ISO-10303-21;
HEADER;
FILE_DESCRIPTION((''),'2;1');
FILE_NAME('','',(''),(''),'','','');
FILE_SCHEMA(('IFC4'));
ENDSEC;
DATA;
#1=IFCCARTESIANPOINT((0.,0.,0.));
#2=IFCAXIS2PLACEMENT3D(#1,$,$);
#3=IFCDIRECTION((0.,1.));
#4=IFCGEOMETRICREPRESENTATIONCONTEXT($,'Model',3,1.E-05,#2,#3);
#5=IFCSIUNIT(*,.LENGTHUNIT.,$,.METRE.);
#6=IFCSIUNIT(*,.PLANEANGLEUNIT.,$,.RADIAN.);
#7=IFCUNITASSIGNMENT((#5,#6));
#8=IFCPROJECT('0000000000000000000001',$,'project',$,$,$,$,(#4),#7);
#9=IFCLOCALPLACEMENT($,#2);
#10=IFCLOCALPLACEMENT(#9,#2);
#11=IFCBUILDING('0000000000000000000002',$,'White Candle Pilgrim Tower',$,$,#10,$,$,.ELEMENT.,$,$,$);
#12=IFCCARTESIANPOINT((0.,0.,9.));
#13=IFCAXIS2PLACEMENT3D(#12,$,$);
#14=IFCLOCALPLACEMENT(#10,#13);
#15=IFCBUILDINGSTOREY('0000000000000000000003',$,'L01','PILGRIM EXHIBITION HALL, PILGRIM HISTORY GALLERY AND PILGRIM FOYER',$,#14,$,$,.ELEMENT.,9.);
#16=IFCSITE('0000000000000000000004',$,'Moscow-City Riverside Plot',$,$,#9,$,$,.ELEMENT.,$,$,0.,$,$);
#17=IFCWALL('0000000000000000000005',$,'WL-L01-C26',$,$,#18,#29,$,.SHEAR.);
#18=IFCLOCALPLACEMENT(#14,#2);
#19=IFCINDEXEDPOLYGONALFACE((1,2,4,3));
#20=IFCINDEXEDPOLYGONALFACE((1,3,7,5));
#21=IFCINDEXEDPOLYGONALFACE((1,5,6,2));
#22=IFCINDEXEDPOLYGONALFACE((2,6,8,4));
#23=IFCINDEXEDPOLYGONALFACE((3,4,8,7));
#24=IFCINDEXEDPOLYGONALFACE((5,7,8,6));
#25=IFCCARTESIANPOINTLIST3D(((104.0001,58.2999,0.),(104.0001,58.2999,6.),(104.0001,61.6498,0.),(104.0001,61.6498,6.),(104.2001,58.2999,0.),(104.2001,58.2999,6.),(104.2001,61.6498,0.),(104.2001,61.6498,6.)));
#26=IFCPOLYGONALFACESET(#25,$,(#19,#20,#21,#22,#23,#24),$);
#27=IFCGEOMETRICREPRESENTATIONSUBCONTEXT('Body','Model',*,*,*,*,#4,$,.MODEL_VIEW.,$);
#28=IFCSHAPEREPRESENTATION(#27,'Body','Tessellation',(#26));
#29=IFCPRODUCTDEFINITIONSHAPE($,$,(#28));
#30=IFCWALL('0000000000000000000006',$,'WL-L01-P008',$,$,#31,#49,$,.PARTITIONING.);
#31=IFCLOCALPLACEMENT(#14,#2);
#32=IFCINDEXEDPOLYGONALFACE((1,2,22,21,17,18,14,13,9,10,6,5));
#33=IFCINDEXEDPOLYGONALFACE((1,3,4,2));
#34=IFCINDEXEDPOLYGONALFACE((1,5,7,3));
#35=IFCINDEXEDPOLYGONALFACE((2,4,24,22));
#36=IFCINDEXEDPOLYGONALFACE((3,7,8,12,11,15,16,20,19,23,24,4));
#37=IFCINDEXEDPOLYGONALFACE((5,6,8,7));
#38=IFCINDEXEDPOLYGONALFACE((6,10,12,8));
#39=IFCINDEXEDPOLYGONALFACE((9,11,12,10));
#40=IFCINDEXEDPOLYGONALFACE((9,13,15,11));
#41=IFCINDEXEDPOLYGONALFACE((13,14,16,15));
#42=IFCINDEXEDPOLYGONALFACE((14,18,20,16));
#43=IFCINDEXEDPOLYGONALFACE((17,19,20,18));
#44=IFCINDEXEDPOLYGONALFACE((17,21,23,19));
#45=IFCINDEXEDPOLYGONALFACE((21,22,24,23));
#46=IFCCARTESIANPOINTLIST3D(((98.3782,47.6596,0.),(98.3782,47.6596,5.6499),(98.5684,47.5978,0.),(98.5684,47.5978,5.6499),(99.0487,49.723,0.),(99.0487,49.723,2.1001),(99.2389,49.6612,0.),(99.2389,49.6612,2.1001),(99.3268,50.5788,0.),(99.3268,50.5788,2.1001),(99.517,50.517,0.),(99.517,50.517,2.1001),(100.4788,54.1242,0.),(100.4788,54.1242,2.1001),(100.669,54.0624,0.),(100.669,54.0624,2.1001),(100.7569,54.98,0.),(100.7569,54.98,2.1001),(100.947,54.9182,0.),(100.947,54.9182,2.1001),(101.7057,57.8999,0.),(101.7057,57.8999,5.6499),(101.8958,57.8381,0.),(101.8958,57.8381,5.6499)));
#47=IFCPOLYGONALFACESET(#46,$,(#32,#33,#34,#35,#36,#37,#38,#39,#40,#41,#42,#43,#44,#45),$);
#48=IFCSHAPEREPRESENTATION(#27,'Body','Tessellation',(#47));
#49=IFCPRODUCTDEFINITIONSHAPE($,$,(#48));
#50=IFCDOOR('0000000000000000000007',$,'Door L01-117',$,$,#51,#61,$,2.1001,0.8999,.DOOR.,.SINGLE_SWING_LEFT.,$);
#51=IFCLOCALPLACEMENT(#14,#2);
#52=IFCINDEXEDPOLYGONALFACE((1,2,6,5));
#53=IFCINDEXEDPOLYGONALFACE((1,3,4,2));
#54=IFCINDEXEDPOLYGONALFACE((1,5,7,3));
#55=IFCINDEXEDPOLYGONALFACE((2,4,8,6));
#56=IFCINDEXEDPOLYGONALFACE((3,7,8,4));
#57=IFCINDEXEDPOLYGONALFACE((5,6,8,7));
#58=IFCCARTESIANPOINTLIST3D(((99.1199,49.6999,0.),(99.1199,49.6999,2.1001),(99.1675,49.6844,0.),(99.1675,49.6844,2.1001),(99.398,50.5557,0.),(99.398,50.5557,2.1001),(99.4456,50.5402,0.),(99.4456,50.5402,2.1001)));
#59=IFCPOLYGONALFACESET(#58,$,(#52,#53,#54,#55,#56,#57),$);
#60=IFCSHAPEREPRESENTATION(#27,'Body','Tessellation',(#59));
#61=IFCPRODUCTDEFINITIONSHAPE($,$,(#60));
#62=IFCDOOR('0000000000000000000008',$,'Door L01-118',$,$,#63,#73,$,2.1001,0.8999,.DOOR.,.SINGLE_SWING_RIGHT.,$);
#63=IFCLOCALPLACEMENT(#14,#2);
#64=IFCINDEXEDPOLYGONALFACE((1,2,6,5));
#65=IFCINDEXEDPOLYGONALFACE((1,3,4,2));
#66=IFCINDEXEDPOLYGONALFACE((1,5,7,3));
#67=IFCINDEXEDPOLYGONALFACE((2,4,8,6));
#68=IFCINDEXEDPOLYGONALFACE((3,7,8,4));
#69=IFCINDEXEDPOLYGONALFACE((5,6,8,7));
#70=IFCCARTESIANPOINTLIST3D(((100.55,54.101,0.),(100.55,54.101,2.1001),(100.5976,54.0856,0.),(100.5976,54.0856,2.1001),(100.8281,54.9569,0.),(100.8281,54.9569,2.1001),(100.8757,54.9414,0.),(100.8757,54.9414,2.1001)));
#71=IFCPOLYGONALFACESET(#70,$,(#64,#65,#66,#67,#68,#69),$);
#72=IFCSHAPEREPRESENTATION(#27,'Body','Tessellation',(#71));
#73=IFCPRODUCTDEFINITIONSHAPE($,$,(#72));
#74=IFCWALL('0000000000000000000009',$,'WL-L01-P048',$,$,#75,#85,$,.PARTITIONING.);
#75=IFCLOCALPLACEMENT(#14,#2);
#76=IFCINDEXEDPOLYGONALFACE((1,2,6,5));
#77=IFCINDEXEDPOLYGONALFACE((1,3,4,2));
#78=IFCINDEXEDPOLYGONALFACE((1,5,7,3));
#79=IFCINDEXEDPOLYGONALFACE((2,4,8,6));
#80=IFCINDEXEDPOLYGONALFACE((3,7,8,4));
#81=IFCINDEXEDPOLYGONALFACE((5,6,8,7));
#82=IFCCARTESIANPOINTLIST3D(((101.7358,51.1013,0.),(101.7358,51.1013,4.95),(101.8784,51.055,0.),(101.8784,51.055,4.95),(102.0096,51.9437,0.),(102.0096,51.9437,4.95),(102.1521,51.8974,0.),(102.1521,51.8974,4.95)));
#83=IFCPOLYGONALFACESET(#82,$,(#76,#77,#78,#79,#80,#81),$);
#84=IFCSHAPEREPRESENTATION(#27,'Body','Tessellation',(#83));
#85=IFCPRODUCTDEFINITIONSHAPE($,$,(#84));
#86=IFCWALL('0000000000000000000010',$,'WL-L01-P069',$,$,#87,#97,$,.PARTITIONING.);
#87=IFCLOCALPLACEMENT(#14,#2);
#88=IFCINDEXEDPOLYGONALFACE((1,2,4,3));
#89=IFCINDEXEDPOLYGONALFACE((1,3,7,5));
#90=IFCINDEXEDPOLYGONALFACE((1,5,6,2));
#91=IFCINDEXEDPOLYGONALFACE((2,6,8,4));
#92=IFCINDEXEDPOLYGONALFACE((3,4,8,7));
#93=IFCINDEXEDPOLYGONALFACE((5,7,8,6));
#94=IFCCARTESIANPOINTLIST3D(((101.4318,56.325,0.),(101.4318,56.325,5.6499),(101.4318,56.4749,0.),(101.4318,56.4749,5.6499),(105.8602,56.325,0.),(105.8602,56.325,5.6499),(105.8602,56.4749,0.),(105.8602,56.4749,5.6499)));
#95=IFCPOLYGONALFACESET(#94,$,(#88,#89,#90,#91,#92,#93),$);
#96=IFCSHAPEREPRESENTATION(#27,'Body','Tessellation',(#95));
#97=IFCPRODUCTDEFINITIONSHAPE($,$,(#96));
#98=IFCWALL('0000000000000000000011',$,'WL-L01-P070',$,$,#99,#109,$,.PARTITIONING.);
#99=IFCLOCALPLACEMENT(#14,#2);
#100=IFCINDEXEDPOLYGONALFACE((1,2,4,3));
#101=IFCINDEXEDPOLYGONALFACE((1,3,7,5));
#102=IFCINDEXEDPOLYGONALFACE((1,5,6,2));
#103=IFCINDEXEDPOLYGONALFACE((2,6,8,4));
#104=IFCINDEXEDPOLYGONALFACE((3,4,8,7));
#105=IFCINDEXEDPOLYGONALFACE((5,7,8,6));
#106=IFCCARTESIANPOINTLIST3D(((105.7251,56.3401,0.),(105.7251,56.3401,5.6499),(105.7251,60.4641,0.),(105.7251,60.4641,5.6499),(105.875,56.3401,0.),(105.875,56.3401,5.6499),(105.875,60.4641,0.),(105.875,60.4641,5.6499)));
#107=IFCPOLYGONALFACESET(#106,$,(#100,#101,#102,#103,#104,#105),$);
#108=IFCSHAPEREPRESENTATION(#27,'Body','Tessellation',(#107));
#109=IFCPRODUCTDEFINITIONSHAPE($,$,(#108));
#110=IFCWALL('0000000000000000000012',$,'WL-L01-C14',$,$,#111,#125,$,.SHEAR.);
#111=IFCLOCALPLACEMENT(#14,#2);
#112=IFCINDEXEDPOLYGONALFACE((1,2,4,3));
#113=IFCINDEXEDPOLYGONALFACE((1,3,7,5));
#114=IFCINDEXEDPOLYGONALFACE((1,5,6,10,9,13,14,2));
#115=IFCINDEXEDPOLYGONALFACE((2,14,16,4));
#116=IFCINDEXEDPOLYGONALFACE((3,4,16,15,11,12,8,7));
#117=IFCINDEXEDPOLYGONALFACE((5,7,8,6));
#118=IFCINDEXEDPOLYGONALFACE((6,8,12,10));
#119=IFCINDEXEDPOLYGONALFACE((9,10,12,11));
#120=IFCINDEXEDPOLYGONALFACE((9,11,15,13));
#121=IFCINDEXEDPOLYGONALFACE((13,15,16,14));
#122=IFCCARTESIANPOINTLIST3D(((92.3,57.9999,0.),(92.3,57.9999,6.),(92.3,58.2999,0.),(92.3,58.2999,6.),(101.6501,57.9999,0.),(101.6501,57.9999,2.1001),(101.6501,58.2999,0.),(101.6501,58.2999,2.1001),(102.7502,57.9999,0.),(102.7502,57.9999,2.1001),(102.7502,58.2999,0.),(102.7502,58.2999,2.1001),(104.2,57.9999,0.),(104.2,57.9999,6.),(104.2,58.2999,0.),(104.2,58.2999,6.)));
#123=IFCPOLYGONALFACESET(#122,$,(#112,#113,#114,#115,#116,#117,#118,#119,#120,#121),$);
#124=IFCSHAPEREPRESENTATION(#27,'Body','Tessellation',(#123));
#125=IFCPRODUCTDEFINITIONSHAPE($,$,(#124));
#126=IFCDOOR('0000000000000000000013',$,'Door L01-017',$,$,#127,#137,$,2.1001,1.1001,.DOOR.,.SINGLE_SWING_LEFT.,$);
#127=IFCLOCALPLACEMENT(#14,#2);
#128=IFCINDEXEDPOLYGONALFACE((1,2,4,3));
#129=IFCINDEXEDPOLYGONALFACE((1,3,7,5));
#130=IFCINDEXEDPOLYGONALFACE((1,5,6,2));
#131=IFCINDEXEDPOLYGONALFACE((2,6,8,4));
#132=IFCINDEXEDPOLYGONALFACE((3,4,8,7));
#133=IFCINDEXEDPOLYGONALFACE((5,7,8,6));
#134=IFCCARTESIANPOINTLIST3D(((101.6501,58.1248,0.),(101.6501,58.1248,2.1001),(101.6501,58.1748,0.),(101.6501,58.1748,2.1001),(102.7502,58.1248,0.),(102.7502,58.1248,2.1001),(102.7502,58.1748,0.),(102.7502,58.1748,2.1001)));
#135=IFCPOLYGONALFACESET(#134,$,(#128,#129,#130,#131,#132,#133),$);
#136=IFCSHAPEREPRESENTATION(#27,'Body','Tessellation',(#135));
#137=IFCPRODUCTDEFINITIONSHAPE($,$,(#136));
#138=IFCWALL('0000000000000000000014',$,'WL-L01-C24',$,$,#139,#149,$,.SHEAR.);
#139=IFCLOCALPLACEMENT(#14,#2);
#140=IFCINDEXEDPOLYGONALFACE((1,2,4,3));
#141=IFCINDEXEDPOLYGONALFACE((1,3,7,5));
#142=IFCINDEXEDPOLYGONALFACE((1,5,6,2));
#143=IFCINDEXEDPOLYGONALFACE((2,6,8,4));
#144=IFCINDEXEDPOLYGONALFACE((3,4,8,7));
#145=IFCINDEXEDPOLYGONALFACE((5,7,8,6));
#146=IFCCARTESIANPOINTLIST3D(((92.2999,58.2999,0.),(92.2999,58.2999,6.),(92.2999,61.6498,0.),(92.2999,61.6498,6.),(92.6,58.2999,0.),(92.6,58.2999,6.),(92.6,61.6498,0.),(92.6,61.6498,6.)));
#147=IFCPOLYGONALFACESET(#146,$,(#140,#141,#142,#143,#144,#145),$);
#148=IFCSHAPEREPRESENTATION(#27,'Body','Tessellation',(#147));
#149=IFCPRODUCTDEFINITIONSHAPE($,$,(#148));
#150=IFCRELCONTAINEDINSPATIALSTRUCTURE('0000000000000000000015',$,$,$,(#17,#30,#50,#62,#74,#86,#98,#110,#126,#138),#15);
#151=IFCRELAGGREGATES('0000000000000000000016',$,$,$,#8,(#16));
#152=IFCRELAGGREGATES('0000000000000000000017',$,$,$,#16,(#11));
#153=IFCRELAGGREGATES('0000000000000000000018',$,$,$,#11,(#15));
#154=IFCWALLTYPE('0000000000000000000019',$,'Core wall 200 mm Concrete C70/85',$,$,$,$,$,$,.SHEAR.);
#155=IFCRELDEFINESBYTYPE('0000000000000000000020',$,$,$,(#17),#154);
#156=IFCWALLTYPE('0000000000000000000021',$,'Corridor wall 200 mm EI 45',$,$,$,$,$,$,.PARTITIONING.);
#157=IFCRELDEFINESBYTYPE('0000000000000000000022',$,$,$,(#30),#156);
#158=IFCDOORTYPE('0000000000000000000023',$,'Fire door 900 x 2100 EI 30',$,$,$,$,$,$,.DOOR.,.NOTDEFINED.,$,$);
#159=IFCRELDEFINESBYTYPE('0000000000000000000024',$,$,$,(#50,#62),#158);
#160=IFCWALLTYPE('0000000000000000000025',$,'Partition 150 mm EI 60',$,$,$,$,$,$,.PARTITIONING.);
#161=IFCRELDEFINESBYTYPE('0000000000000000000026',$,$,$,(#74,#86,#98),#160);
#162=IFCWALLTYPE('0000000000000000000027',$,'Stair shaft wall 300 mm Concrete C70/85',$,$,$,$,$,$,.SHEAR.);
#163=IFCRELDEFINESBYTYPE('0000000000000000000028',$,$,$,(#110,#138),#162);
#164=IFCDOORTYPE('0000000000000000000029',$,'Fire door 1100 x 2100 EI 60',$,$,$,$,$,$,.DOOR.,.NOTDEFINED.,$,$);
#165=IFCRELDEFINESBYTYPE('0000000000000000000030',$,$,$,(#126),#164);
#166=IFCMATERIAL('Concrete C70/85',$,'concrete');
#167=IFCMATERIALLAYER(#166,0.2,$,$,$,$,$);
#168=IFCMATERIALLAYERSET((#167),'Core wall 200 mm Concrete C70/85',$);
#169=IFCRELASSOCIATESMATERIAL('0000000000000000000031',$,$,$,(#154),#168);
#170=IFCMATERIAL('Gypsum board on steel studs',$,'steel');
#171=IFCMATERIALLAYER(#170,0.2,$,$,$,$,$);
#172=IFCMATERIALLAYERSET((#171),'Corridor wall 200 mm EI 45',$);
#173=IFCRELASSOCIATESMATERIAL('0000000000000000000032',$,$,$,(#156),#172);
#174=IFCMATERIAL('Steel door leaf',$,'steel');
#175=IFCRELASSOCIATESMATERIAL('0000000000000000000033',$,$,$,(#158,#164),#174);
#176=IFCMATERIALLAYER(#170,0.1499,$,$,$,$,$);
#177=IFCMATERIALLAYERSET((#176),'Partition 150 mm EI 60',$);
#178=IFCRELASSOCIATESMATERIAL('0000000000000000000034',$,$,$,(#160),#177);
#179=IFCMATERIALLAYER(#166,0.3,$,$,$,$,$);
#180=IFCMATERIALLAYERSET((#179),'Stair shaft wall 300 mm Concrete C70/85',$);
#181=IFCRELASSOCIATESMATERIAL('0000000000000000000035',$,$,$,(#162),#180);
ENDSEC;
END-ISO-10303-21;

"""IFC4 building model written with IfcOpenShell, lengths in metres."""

from ifc_helpers import new_model, si_unit, direction, frame, frame_2d, origin, place, context, subcontext, project, spatial, rectangle, extrude, material, layer, layer_set, type_object, element, fill, save


model = new_model("IFC4")

# Units and contexts
model_context = context("Model", 3, precision=1e-05, world=origin(), true_north=direction((0.0, 1.0)))
body_context = subcontext(model_context, "Body", "Model", "MODEL_VIEW")
ifc_project = project(units=[si_unit("LENGTHUNIT", "METRE"), si_unit("PLANEANGLEUNIT", "RADIAN")], contexts=[model_context])

# Site, building, storey
site_placement = place(None, origin())
site = spatial("IfcSite", under=ifc_project, at=site_placement, Name="Moscow-City Riverside Plot", CompositionType="ELEMENT", RefElevation=0.0)
building_placement = place(site_placement, origin())
building = spatial("IfcBuilding", under=site, at=building_placement, Name="White Candle Pilgrim Tower", CompositionType="ELEMENT")
storey_placement = place(building_placement, frame((0.0, 0.0, 9.0)))
storey = spatial("IfcBuildingStorey", under=building, at=storey_placement, Name="L01", Description="PILGRIM EXHIBITION HALL, PILGRIM HISTORY GALLERY AND PILGRIM FOYER", CompositionType="ELEMENT", Elevation=9.0)

# Wall
ifc_material_1 = material(Name="Concrete C70/85", Category="concrete")
ifc_layer_1 = layer(ifc_material_1, 0.2)
ifc_layer_set_1 = layer_set([ifc_layer_1], Name="Core wall 200 mm Concrete C70/85")
wall_type_1 = type_object("IfcWallType", Name="Core wall 200 mm Concrete C70/85", PredefinedType="SHEAR", material=ifc_layer_set_1)
wall_1_placement = place(storey_placement, frame((104.1001, 58.3, 0.0), z_axis=(0.0, 0.0, 1.0), x_axis=(0.0, 1.0, 0.0)))
element("IfcWall", 1, at=wall_1_placement, inside=storey, type_object=wall_type_1, Name="WL-L01-C26", PredefinedType="SHEAR", context=body_context, shape_type="SweptSolid", body=[
    extrude(rectangle(XDim=3.3499, YDim=0.2, at=frame_2d((1.6748, 0.0))), origin(), (0.0, 0.0, 1.0), 6.0),
])

# Wall, openings, doors
ifc_material_2 = material(Name="Gypsum board on steel studs", Category="steel")
ifc_layer_2 = layer(ifc_material_2, 0.2)
ifc_layer_set_2 = layer_set([ifc_layer_2], Name="Corridor wall 200 mm EI 45")
wall_type_2 = type_object("IfcWallType", Name="Corridor wall 200 mm EI 45", PredefinedType="PARTITIONING", material=ifc_layer_set_2)
wall_2_placement = place(storey_placement, frame((101.8008, 57.8691, 0.0), z_axis=(0.0, 0.0, 1.0), x_axis=(-0.309029, -0.951053, 0.0)))
wall_2 = element("IfcWall", 2, at=wall_2_placement, inside=storey, type_object=wall_type_2, Name="WL-L01-P008", PredefinedType="PARTITIONING", context=body_context, shape_type="SweptSolid", body=[
    extrude(rectangle(XDim=10.7673, YDim=0.2, at=frame_2d((5.3838, 0.0))), origin(), (0.0, 0.0, 1.0), 5.6499),
])
opening_1_placement = place(wall_2_placement, frame((7.698, 0.0, 0.0)))
opening_1 = element("IfcOpeningElement", 3, at=opening_1_placement, cuts=wall_2, PredefinedType="OPENING", context=body_context, shape_type="SweptSolid", body=[
    extrude(rectangle(XDim=0.8999, YDim=2.1001, at=frame_2d((0.45, 1.05))), frame((0.0, 0.1099, 0.0), z_axis=(0.0, -1.0, 0.0), x_axis=(1.0, 0.0, 0.0)), (0.0, 0.0, 1.0), 0.22),
])
opening_2_placement = place(wall_2_placement, frame((3.0703, 0.0, 0.0)))
opening_2 = element("IfcOpeningElement", 4, at=opening_2_placement, cuts=wall_2, PredefinedType="OPENING", context=body_context, shape_type="SweptSolid", body=[
    extrude(rectangle(XDim=0.8999, YDim=2.1001, at=frame_2d((0.45, 1.05))), frame((0.0, 0.1099, 0.0), z_axis=(0.0, -1.0, 0.0), x_axis=(1.0, 0.0, 0.0)), (0.0, 0.0, 1.0), 0.22),
])
ifc_material_3 = material(Name="Steel door leaf", Category="steel")
door_type_1 = type_object("IfcDoorType", Name="Fire door 900 x 2100 EI 30", OperationType="NOTDEFINED", PredefinedType="DOOR", material=ifc_material_3)
door_1_placement = place(opening_1_placement, origin())
door_1 = element("IfcDoor", 5, at=door_1_placement, inside=storey, type_object=door_type_1, Name="Door L01-117", OperationType="SINGLE_SWING_LEFT", OverallHeight=2.1001, OverallWidth=0.8999, PredefinedType="DOOR", context=body_context, shape_type="SweptSolid", body=[
    extrude(rectangle(XDim=0.8999, YDim=2.1001, at=frame_2d((0.45, 1.05))), frame((0.0, 0.0249, 0.0), z_axis=(0.0, -1.0, 0.0), x_axis=(1.0, 0.0, 0.0)), (0.0, 0.0, 1.0), 0.05),
])
fill(opening_1, door_1)
door_2_placement = place(opening_2_placement, origin())
door_2 = element("IfcDoor", 6, at=door_2_placement, inside=storey, type_object=door_type_1, Name="Door L01-118", OperationType="SINGLE_SWING_RIGHT", OverallHeight=2.1001, OverallWidth=0.8999, PredefinedType="DOOR", context=body_context, shape_type="SweptSolid", body=[
    extrude(rectangle(XDim=0.8999, YDim=2.1001, at=frame_2d((0.45, 1.05))), frame((0.0, 0.0249, 0.0), z_axis=(0.0, -1.0, 0.0), x_axis=(1.0, 0.0, 0.0)), (0.0, 0.0, 1.0), 0.05),
])
fill(opening_2, door_2)

# Walls
ifc_layer_3 = layer(ifc_material_2, 0.1499)
ifc_layer_set_3 = layer_set([ifc_layer_3], Name="Partition 150 mm EI 60")
wall_type_3 = type_object("IfcWallType", Name="Partition 150 mm EI 60", PredefinedType="PARTITIONING", material=ifc_layer_set_3)
wall_3_placement = place(storey_placement, frame((101.8071, 51.0781, 0.0), z_axis=(0.0, 0.0, 1.0), x_axis=(0.309024, 0.951054, 0.0)))
element("IfcWall", 7, at=wall_3_placement, inside=storey, type_object=wall_type_3, Name="WL-L01-P048", PredefinedType="PARTITIONING", context=body_context, shape_type="SweptSolid", body=[
    extrude(rectangle(XDim=0.8857, YDim=0.1499, at=frame_2d((0.4429, 0.0))), origin(), (0.0, 0.0, 1.0), 4.95),
])
wall_4_placement = place(storey_placement, frame((101.4316, 56.3999, 0.0), z_axis=(0.0, 0.0, 1.0), x_axis=(1.0, 0.0, 0.0)))
element("IfcWall", 8, at=wall_4_placement, inside=storey, type_object=wall_type_3, Name="WL-L01-P069", PredefinedType="PARTITIONING", context=body_context, shape_type="SweptSolid", body=[
    extrude(rectangle(XDim=4.4285, YDim=0.1499, at=frame_2d((2.2144, 0.0))), origin(), (0.0, 0.0, 1.0), 5.6499),
])
wall_5_placement = place(storey_placement, frame((105.8, 56.3401, 0.0), z_axis=(0.0, 0.0, 1.0), x_axis=(0.0, 1.0, 0.0)))
element("IfcWall", 9, at=wall_5_placement, inside=storey, type_object=wall_type_3, Name="WL-L01-P070", PredefinedType="PARTITIONING", context=body_context, shape_type="SweptSolid", body=[
    extrude(rectangle(XDim=4.124, YDim=0.1499, at=frame_2d((2.062, 0.0))), origin(), (0.0, 0.0, 1.0), 5.6499),
])

# Wall, opening, door
ifc_layer_4 = layer(ifc_material_1, 0.3)
ifc_layer_set_4 = layer_set([ifc_layer_4], Name="Stair shaft wall 300 mm Concrete C70/85")
wall_type_4 = type_object("IfcWallType", Name="Stair shaft wall 300 mm Concrete C70/85", PredefinedType="SHEAR", material=ifc_layer_set_4)
wall_6_placement = place(storey_placement, frame((92.3, 58.1499, 0.0), z_axis=(0.0, 0.0, 1.0), x_axis=(1.0, 0.0, 0.0)))
wall_6 = element("IfcWall", 10, at=wall_6_placement, inside=storey, type_object=wall_type_4, Name="WL-L01-C14", PredefinedType="SHEAR", context=body_context, shape_type="SweptSolid", body=[
    extrude(rectangle(XDim=11.8999, YDim=0.3, at=frame_2d((5.95, 0.0))), origin(), (0.0, 0.0, 1.0), 6.0),
])
opening_3_placement = place(wall_6_placement, frame((9.3501, 0.0, 0.0)))
opening_3 = element("IfcOpeningElement", 11, at=opening_3_placement, cuts=wall_6, PredefinedType="OPENING", context=body_context, shape_type="SweptSolid", body=[
    extrude(rectangle(XDim=1.1001, YDim=2.1001, at=frame_2d((0.55, 1.05))), frame((0.0, 0.1599, 0.0), z_axis=(0.0, -1.0, 0.0), x_axis=(1.0, 0.0, 0.0)), (0.0, 0.0, 1.0), 0.3201),
])
door_type_2 = type_object("IfcDoorType", Name="Fire door 1100 x 2100 EI 60", OperationType="NOTDEFINED", PredefinedType="DOOR", material=ifc_material_3)
door_3_placement = place(opening_3_placement, origin())
door_3 = element("IfcDoor", 12, at=door_3_placement, inside=storey, type_object=door_type_2, Name="Door L01-017", OperationType="SINGLE_SWING_LEFT", OverallHeight=2.1001, OverallWidth=1.1001, PredefinedType="DOOR", context=body_context, shape_type="SweptSolid", body=[
    extrude(rectangle(XDim=1.1001, YDim=2.1001, at=frame_2d((0.55, 1.05))), frame((0.0, 0.0249, 0.0), z_axis=(0.0, -1.0, 0.0), x_axis=(1.0, 0.0, 0.0)), (0.0, 0.0, 1.0), 0.05),
])
fill(opening_3, door_3)

# Wall
wall_7_placement = place(storey_placement, frame((92.45, 58.3, 0.0), z_axis=(0.0, 0.0, 1.0), x_axis=(0.0, 1.0, 0.0)))
element("IfcWall", 13, at=wall_7_placement, inside=storey, type_object=wall_type_4, Name="WL-L01-C24", PredefinedType="SHEAR", context=body_context, shape_type="SweptSolid", body=[
    extrude(rectangle(XDim=3.3499, YDim=0.3, at=frame_2d((1.6748, 0.0))), origin(), (0.0, 0.0, 1.0), 6.0),
])

save(model, "model.ifc")
